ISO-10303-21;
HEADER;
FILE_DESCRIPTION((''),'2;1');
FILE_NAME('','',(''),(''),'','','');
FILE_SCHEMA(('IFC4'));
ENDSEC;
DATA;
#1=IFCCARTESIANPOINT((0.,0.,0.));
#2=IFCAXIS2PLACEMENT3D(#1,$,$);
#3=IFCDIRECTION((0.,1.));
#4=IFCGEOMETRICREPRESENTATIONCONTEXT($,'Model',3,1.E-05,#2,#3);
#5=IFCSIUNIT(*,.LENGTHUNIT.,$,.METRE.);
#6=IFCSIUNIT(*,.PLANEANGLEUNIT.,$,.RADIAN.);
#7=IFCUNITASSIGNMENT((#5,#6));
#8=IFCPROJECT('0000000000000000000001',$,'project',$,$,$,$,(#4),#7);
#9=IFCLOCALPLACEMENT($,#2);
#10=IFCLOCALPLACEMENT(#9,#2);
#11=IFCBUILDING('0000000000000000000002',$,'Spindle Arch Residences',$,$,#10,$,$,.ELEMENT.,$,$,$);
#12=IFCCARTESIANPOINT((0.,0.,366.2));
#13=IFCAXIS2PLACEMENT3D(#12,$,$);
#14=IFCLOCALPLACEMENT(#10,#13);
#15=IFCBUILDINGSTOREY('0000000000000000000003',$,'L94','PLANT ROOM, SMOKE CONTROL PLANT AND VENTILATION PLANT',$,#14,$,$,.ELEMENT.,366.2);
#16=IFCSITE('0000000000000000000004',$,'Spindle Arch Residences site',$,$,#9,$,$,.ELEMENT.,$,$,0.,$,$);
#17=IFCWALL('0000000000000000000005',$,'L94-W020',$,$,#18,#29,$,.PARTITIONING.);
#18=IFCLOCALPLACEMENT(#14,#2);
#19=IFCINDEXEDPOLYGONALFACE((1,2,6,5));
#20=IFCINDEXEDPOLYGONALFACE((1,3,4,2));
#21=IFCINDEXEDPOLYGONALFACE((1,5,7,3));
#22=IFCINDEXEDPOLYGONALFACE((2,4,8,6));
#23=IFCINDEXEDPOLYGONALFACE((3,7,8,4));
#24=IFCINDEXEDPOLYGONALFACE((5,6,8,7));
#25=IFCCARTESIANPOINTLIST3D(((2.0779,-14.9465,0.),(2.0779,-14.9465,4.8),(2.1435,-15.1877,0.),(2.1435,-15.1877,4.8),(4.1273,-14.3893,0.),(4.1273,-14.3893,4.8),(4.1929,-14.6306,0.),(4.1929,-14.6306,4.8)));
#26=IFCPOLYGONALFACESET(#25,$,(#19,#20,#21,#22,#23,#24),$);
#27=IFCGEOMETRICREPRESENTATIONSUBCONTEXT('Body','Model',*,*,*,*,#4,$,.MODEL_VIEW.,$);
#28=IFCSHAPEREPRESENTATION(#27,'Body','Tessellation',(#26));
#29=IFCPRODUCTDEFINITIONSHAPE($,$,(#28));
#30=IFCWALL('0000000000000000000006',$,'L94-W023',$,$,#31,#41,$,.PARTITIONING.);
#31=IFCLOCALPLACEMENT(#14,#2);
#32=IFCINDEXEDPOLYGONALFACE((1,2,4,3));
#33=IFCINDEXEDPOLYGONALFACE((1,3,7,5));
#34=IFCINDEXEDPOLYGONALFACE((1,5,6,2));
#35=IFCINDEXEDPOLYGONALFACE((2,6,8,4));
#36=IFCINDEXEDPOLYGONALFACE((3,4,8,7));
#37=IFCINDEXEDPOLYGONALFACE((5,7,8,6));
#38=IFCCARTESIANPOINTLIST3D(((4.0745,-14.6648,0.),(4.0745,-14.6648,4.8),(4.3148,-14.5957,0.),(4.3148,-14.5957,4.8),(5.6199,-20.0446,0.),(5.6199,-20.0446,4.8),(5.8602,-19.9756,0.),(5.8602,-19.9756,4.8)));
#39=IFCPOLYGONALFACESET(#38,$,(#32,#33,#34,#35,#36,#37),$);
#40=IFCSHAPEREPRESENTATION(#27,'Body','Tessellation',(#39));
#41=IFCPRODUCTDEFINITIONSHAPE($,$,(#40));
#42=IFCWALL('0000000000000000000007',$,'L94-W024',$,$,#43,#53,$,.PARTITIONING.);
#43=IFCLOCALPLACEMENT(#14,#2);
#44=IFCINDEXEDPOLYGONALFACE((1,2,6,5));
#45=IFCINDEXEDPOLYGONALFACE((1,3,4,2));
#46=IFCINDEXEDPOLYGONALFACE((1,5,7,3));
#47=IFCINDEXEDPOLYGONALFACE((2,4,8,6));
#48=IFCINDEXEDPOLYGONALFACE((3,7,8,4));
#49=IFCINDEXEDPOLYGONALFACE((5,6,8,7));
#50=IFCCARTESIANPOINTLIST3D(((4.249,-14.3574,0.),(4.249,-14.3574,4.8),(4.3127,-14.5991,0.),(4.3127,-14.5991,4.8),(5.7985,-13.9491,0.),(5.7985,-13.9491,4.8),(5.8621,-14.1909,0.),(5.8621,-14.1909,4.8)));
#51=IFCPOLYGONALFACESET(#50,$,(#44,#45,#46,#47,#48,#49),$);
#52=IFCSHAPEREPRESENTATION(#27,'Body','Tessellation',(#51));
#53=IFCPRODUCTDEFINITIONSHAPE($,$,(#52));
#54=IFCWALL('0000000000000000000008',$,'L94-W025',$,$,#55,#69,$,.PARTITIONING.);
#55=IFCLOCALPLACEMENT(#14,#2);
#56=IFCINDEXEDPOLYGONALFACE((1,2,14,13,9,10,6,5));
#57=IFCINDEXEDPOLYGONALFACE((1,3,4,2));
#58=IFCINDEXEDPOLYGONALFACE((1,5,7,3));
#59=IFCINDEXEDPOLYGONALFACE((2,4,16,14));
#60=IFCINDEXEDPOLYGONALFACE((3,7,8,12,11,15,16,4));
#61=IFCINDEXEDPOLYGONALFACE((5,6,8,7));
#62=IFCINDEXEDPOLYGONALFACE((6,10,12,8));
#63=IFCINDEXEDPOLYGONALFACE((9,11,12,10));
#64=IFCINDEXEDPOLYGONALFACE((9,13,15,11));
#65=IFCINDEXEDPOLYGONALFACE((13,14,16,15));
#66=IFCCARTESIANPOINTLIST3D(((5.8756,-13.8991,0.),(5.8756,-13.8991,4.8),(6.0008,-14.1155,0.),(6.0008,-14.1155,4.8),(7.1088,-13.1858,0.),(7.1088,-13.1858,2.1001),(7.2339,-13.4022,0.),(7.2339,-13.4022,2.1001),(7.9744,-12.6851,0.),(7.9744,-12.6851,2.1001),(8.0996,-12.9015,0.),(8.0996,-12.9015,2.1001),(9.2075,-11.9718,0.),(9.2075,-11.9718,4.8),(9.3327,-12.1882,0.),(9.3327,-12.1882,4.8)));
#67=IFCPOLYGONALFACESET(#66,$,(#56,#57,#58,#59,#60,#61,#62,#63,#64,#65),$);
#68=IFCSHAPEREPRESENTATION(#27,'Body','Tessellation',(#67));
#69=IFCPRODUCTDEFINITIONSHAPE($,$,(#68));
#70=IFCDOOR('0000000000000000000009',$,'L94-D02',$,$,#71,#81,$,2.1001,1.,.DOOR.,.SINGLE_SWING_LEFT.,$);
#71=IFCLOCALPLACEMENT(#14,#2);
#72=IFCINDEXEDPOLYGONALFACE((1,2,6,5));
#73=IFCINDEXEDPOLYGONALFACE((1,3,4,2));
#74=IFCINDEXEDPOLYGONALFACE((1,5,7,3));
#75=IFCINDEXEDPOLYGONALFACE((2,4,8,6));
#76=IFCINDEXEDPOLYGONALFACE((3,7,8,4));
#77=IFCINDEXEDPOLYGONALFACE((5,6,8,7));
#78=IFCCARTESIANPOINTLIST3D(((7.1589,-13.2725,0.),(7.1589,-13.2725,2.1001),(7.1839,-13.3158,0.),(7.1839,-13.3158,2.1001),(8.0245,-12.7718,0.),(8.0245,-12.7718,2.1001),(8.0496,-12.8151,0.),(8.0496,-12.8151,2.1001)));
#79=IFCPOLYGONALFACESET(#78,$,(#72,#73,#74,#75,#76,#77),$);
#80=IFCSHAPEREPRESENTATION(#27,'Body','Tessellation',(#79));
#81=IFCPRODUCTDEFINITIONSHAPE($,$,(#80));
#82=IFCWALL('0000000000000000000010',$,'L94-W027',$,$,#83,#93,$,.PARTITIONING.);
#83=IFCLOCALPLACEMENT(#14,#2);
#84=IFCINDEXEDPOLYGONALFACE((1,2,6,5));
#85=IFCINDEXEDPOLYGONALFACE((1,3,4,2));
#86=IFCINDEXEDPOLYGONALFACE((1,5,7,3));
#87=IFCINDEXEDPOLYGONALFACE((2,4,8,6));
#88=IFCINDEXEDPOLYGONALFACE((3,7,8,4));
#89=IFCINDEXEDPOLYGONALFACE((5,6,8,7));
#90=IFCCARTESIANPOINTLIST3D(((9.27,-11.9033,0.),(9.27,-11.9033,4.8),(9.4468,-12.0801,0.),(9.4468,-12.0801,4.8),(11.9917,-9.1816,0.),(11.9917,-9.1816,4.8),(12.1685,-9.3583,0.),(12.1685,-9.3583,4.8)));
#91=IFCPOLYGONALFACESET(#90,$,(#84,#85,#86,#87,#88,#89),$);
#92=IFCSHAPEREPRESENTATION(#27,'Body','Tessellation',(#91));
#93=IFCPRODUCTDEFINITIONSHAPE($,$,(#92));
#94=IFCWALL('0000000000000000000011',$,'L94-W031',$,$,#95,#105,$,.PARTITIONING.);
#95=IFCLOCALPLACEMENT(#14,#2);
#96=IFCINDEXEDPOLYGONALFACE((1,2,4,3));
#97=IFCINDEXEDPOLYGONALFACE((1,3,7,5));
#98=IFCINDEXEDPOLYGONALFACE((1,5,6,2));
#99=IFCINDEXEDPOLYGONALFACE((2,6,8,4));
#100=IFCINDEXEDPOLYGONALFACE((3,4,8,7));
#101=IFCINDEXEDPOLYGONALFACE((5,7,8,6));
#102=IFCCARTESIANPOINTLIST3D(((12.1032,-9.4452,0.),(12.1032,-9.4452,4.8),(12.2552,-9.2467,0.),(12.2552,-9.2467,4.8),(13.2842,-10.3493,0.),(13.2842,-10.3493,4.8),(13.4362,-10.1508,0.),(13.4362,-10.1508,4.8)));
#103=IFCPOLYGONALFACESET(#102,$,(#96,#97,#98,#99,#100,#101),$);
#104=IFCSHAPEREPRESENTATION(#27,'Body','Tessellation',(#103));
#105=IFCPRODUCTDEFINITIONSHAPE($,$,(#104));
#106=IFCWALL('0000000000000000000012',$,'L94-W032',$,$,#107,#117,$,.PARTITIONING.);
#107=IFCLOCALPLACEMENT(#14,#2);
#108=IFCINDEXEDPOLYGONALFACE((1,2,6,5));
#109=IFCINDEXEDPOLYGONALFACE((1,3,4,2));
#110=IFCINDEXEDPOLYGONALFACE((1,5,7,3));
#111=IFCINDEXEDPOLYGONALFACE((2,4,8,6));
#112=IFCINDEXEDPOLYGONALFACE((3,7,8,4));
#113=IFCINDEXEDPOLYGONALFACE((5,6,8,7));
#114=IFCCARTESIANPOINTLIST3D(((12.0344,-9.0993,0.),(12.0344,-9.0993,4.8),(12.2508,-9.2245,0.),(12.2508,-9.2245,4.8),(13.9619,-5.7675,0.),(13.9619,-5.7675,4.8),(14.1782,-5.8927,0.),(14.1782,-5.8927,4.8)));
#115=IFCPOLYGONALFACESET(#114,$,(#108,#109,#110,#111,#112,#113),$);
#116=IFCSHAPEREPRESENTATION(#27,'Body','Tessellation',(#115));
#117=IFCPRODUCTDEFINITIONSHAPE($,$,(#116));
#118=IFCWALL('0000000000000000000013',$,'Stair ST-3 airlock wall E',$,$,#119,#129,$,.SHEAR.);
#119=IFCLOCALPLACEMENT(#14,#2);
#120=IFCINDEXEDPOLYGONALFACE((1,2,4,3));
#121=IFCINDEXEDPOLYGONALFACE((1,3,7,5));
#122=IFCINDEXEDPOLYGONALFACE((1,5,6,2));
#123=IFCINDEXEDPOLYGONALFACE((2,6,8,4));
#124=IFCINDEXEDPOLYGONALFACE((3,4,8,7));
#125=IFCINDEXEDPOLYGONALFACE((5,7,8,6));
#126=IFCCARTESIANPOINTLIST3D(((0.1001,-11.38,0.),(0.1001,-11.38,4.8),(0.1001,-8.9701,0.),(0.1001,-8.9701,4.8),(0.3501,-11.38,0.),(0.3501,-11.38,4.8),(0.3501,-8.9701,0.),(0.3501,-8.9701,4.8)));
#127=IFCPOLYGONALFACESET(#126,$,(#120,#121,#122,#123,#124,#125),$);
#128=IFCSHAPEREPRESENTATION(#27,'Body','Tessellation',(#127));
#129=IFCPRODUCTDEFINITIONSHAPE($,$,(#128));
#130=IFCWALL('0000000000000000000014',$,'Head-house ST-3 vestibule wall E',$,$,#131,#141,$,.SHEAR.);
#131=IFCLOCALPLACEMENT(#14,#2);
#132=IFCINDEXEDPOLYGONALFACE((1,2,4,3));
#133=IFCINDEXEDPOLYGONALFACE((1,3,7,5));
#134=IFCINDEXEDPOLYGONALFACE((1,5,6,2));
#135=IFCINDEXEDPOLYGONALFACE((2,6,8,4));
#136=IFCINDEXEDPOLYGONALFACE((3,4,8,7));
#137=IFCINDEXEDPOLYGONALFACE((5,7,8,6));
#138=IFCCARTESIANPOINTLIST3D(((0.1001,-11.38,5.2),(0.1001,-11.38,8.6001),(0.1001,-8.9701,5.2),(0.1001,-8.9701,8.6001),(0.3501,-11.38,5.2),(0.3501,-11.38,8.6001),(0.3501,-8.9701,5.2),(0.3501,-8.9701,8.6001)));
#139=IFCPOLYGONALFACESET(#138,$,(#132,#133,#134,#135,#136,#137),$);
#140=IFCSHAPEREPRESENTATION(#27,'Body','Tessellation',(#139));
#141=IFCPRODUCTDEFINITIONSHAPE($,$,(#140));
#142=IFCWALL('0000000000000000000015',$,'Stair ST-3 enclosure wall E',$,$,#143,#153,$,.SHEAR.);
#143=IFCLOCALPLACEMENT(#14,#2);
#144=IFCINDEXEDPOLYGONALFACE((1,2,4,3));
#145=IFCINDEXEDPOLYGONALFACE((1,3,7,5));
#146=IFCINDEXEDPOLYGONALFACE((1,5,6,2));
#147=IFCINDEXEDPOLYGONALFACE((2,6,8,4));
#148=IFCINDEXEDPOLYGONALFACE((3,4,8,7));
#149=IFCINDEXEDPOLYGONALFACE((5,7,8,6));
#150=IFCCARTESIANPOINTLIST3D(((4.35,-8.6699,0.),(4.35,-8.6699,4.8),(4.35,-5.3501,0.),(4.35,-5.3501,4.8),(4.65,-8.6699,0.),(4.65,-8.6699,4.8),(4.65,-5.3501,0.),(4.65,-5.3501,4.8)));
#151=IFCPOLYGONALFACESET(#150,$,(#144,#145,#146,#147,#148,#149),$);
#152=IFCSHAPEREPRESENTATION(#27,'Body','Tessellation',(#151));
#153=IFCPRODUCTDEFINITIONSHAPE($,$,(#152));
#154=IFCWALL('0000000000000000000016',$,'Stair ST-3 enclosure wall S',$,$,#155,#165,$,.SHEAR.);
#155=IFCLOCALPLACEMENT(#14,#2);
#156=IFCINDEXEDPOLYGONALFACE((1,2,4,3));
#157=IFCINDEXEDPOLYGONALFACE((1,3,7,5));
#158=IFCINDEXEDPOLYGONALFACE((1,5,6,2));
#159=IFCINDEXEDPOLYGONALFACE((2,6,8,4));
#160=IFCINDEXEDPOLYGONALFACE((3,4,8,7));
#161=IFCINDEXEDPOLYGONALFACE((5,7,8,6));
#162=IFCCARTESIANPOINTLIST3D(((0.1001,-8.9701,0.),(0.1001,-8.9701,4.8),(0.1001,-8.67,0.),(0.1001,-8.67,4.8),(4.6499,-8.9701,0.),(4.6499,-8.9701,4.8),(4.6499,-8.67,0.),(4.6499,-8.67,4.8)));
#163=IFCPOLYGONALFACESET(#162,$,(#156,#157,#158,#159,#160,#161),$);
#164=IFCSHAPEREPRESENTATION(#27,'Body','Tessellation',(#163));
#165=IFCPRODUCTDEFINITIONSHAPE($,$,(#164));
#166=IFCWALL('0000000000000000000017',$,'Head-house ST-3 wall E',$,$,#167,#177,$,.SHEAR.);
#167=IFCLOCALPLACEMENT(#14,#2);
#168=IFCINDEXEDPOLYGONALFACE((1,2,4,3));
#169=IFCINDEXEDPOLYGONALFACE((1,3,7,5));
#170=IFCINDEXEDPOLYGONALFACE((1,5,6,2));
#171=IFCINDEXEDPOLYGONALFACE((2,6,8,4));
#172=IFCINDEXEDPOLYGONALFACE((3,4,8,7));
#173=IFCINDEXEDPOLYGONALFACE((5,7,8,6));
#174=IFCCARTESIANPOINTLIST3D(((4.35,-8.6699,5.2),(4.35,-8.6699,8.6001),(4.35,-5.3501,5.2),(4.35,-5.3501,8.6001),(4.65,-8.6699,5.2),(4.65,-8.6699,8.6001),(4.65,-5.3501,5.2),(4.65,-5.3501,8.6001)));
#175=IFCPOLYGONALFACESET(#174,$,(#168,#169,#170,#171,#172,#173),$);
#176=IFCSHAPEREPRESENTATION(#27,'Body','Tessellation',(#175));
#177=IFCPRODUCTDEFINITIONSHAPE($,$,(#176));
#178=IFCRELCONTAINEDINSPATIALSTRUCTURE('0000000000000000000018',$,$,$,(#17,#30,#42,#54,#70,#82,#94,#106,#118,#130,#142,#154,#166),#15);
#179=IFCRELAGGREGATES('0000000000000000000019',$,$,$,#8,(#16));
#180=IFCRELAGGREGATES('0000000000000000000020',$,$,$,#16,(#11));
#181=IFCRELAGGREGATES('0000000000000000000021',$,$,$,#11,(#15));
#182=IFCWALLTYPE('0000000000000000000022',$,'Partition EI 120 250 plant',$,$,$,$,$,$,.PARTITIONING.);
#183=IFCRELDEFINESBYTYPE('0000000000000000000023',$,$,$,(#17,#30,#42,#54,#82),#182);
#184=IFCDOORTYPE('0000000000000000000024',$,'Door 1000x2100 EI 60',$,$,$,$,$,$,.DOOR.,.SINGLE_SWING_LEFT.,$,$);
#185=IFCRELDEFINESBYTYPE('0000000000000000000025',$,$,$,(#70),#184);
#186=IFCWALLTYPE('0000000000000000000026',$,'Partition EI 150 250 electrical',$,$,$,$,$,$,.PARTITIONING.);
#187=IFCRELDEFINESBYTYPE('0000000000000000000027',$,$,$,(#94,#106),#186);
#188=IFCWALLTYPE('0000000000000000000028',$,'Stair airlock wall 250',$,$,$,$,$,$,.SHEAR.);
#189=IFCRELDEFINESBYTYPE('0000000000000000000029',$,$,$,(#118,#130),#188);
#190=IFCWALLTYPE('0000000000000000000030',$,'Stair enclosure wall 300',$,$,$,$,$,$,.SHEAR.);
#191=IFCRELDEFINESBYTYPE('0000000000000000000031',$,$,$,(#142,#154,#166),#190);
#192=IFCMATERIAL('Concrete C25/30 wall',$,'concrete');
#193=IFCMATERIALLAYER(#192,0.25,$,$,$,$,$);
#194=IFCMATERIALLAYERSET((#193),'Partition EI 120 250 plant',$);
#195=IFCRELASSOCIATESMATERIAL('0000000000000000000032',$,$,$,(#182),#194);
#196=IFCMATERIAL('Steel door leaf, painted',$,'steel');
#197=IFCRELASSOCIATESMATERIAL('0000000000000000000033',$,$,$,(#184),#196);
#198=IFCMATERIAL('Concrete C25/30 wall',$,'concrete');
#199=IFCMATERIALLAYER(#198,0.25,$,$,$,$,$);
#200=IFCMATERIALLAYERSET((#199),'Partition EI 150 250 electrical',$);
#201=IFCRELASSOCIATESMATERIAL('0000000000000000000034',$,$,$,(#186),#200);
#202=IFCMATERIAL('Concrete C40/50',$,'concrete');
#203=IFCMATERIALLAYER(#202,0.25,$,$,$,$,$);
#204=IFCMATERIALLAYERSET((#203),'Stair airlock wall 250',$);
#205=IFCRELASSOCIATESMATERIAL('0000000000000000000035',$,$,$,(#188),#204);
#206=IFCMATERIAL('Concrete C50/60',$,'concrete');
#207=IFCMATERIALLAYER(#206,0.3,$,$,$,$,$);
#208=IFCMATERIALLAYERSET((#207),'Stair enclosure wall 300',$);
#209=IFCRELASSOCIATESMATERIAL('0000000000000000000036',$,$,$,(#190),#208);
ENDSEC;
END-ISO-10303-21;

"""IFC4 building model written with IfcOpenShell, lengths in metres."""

from ifc_helpers import new_model, si_unit, direction, frame, frame_2d, origin, place, context, subcontext, project, spatial, rectangle, extrude, material, layer, layer_set, type_object, element, fill, save


model = new_model("IFC4")

# Units and contexts
model_context = context("Model", 3, precision=1e-05, world=origin(), true_north=direction((0.0, 1.0)))
body_context = subcontext(model_context, "Body", "Model", "MODEL_VIEW")
ifc_project = project(units=[si_unit("LENGTHUNIT", "METRE"), si_unit("PLANEANGLEUNIT", "RADIAN")], contexts=[model_context])

# Site, building, storey
site_placement = place(None, origin())
site = spatial("IfcSite", under=ifc_project, at=site_placement, Name="Spindle Arch Residences site", CompositionType="ELEMENT", RefElevation=0.0)
building_placement = place(site_placement, origin())
building = spatial("IfcBuilding", under=site, at=building_placement, Name="Spindle Arch Residences", CompositionType="ELEMENT")
storey_placement = place(building_placement, frame((0.0, 0.0, 366.2)))
storey = spatial("IfcBuildingStorey", under=building, at=storey_placement, Name="L94", Description="PLANT ROOM, SMOKE CONTROL PLANT AND VENTILATION PLANT", CompositionType="ELEMENT", Elevation=366.2)

# Walls
ifc_material_1 = material(Name="Concrete C25/30 wall", Category="concrete")
ifc_layer_1 = layer(ifc_material_1, 0.25)
ifc_layer_set_1 = layer_set([ifc_layer_1], Name="Partition EI 120 250 plant")
wall_type_1 = type_object("IfcWallType", Name="Partition EI 120 250 plant", PredefinedType="PARTITIONING", material=ifc_layer_set_1)
wall_1_placement = place(storey_placement, frame((2.1106, -15.0671, 0.0), z_axis=(0.0, 0.0, 1.0), x_axis=(0.964976, 0.262339, 0.0)))
element("IfcWall", 1, at=wall_1_placement, inside=storey, type_object=wall_type_1, Name="L94-W020", PredefinedType="PARTITIONING", context=body_context, shape_type="SweptSolid", body=[
    extrude(rectangle(XDim=2.1238, YDim=0.25, at=frame_2d((1.062, 0.0))), origin(), (0.0, 0.0, 1.0), 4.8),
])
wall_2_placement = place(storey_placement, frame((4.1946, -14.6301, 0.0), z_axis=(0.0, 0.0, 1.0), x_axis=(0.276092, -0.961131, 0.0)))
element("IfcWall", 2, at=wall_2_placement, inside=storey, type_object=wall_type_1, Name="L94-W023", PredefinedType="PARTITIONING", context=body_context, shape_type="SweptSolid", body=[
    extrude(rectangle(XDim=5.5974, YDim=0.25, at=frame_2d((2.7988, 0.0))), origin(), (0.0, 0.0, 1.0), 4.8),
])
wall_3_placement = place(storey_placement, frame((4.2808, -14.4783, 0.0), z_axis=(0.0, 0.0, 1.0), x_axis=(0.966999, 0.254778, 0.0)))
element("IfcWall", 3, at=wall_3_placement, inside=storey, type_object=wall_type_1, Name="L94-W024", PredefinedType="PARTITIONING", context=body_context, shape_type="SweptSolid", body=[
    extrude(rectangle(XDim=1.6023, YDim=0.25, at=frame_2d((0.8013, 0.0))), origin(), (0.0, 0.0, 1.0), 4.8),
])

# Wall, opening, door
wall_4_placement = place(storey_placement, frame((5.9382, -14.0073, 0.0), z_axis=(0.0, 0.0, 1.0), x_axis=(0.865616, 0.500709, 0.0)))
wall_4 = element("IfcWall", 4, at=wall_4_placement, inside=storey, type_object=wall_type_1, Name="L94-W025", PredefinedType="PARTITIONING", context=body_context, shape_type="SweptSolid", body=[
    extrude(rectangle(XDim=3.8491, YDim=0.25, at=frame_2d((1.9246, 0.0))), origin(), (0.0, 0.0, 1.0), 4.8),
])
opening_1_placement = place(wall_4_placement, frame((1.4246, 0.0, 0.0)))
opening_1 = element("IfcOpeningElement", 5, at=opening_1_placement, cuts=wall_4, PredefinedType="OPENING", context=body_context, shape_type="SweptSolid", body=[
    extrude(rectangle(XDim=1.0, YDim=2.1001, at=frame_2d((0.5, 1.05))), frame((0.0, 0.135, 0.0), z_axis=(0.0, -1.0, 0.0), x_axis=(1.0, 0.0, 0.0)), (0.0, 0.0, 1.0), 0.27),
])
ifc_material_2 = material(Name="Steel door leaf, painted", Category="steel")
door_type_1 = type_object("IfcDoorType", Name="Door 1000x2100 EI 60", OperationType="SINGLE_SWING_LEFT", PredefinedType="DOOR", material=ifc_material_2)
door_1_placement = place(opening_1_placement, origin())
door_1 = element("IfcDoor", 6, at=door_1_placement, inside=storey, type_object=door_type_1, Name="L94-D02", OperationType="SINGLE_SWING_LEFT", OverallHeight=2.1001, OverallWidth=1.0, PredefinedType="DOOR", context=body_context, shape_type="SweptSolid", body=[
    extrude(rectangle(XDim=1.0, YDim=2.1001, at=frame_2d((0.5, 1.05))), frame((0.0, 0.0249, 0.0), z_axis=(0.0, -1.0, 0.0), x_axis=(1.0, 0.0, 0.0)), (0.0, 0.0, 1.0), 0.05),
])
fill(opening_1, door_1)

# Walls
wall_5_placement = place(storey_placement, frame((9.3584, -11.9917, 0.0), z_axis=(0.0, 0.0, 1.0), x_axis=(0.707107, 0.707107, 0.0)))
element("IfcWall", 7, at=wall_5_placement, inside=storey, type_object=wall_type_1, Name="L94-W027", PredefinedType="PARTITIONING", context=body_context, shape_type="SweptSolid", body=[
    extrude(rectangle(XDim=3.8491, YDim=0.25, at=frame_2d((1.9246, 0.0))), origin(), (0.0, 0.0, 1.0), 4.8),
])
ifc_material_3 = material(Name="Concrete C25/30 wall", Category="concrete")
ifc_layer_2 = layer(ifc_material_3, 0.25)
ifc_layer_set_2 = layer_set([ifc_layer_2], Name="Partition EI 150 250 electrical")
wall_type_2 = type_object("IfcWallType", Name="Partition EI 150 250 electrical", PredefinedType="PARTITIONING", material=ifc_layer_set_2)
wall_6_placement = place(storey_placement, frame((12.1792, -9.3459, 0.0), z_axis=(0.0, 0.0, 1.0), x_axis=(0.794032, -0.607877, 0.0)))
element("IfcWall", 8, at=wall_6_placement, inside=storey, type_object=wall_type_2, Name="L94-W031", PredefinedType="PARTITIONING", context=body_context, shape_type="SweptSolid", body=[
    extrude(rectangle(XDim=1.4873, YDim=0.25, at=frame_2d((0.7437, 0.0))), origin(), (0.0, 0.0, 1.0), 4.8),
])
wall_7_placement = place(storey_placement, frame((12.1426, -9.1619, 0.0), z_axis=(0.0, 0.0, 1.0), x_axis=(0.500756, 0.865588, 0.0)))
element("IfcWall", 9, at=wall_7_placement, inside=storey, type_object=wall_type_2, Name="L94-W032", PredefinedType="PARTITIONING", context=body_context, shape_type="SweptSolid", body=[
    extrude(rectangle(XDim=3.8491, YDim=0.25, at=frame_2d((1.9246, 0.0))), origin(), (0.0, 0.0, 1.0), 4.8),
])
ifc_material_4 = material(Name="Concrete C40/50", Category="concrete")
ifc_layer_3 = layer(ifc_material_4, 0.25)
ifc_layer_set_3 = layer_set([ifc_layer_3], Name="Stair airlock wall 250")
wall_type_3 = type_object("IfcWallType", Name="Stair airlock wall 250", PredefinedType="SHEAR", material=ifc_layer_set_3)
wall_8_placement = place(storey_placement, frame((0.2251, -8.97, 0.0), z_axis=(0.0, 0.0, 1.0), x_axis=(0.0, -1.0, 0.0)))
element("IfcWall", 10, at=wall_8_placement, inside=storey, type_object=wall_type_3, Name="Stair ST-3 airlock wall E", PredefinedType="SHEAR", context=body_context, shape_type="SweptSolid", body=[
    extrude(rectangle(XDim=2.4099, YDim=0.25, at=frame_2d((1.2051, 0.0))), origin(), (0.0, 0.0, 1.0), 4.8),
])
wall_9_placement = place(storey_placement, frame((0.2251, -8.97, 5.2), z_axis=(0.0, 0.0, 1.0), x_axis=(0.0, -1.0, 0.0)))
element("IfcWall", 11, at=wall_9_placement, inside=storey, type_object=wall_type_3, Name="Head-house ST-3 vestibule wall E", PredefinedType="SHEAR", context=body_context, shape_type="SweptSolid", body=[
    extrude(rectangle(XDim=2.4099, YDim=0.25, at=frame_2d((1.2051, 0.0))), origin(), (0.0, 0.0, 1.0), 3.4001),
])
ifc_material_5 = material(Name="Concrete C50/60", Category="concrete")
ifc_layer_4 = layer(ifc_material_5, 0.3)
ifc_layer_set_4 = layer_set([ifc_layer_4], Name="Stair enclosure wall 300")
wall_type_4 = type_object("IfcWallType", Name="Stair enclosure wall 300", PredefinedType="SHEAR", material=ifc_layer_set_4)
wall_10_placement = place(storey_placement, frame((4.5, -8.6699, 0.0), z_axis=(0.0, 0.0, 1.0), x_axis=(0.0, 1.0, 0.0)))
element("IfcWall", 12, at=wall_10_placement, inside=storey, type_object=wall_type_4, Name="Stair ST-3 enclosure wall E", PredefinedType="SHEAR", context=body_context, shape_type="SweptSolid", body=[
    extrude(rectangle(XDim=3.3198, YDim=0.3, at=frame_2d((1.6599, 0.0))), origin(), (0.0, 0.0, 1.0), 4.8),
])
wall_11_placement = place(storey_placement, frame((0.1001, -8.8201, 0.0), z_axis=(0.0, 0.0, 1.0), x_axis=(1.0, 0.0, 0.0)))
element("IfcWall", 13, at=wall_11_placement, inside=storey, type_object=wall_type_4, Name="Stair ST-3 enclosure wall S", PredefinedType="SHEAR", context=body_context, shape_type="SweptSolid", body=[
    extrude(rectangle(XDim=4.5498, YDim=0.3, at=frame_2d((2.2749, 0.0))), origin(), (0.0, 0.0, 1.0), 4.8),
])
wall_12_placement = place(storey_placement, frame((4.5, -8.6699, 5.2), z_axis=(0.0, 0.0, 1.0), x_axis=(0.0, 1.0, 0.0)))
element("IfcWall", 14, at=wall_12_placement, inside=storey, type_object=wall_type_4, Name="Head-house ST-3 wall E", PredefinedType="SHEAR", context=body_context, shape_type="SweptSolid", body=[
    extrude(rectangle(XDim=3.3198, YDim=0.3, at=frame_2d((1.6599, 0.0))), origin(), (0.0, 0.0, 1.0), 3.4001),
])

save(model, "model.ifc")
